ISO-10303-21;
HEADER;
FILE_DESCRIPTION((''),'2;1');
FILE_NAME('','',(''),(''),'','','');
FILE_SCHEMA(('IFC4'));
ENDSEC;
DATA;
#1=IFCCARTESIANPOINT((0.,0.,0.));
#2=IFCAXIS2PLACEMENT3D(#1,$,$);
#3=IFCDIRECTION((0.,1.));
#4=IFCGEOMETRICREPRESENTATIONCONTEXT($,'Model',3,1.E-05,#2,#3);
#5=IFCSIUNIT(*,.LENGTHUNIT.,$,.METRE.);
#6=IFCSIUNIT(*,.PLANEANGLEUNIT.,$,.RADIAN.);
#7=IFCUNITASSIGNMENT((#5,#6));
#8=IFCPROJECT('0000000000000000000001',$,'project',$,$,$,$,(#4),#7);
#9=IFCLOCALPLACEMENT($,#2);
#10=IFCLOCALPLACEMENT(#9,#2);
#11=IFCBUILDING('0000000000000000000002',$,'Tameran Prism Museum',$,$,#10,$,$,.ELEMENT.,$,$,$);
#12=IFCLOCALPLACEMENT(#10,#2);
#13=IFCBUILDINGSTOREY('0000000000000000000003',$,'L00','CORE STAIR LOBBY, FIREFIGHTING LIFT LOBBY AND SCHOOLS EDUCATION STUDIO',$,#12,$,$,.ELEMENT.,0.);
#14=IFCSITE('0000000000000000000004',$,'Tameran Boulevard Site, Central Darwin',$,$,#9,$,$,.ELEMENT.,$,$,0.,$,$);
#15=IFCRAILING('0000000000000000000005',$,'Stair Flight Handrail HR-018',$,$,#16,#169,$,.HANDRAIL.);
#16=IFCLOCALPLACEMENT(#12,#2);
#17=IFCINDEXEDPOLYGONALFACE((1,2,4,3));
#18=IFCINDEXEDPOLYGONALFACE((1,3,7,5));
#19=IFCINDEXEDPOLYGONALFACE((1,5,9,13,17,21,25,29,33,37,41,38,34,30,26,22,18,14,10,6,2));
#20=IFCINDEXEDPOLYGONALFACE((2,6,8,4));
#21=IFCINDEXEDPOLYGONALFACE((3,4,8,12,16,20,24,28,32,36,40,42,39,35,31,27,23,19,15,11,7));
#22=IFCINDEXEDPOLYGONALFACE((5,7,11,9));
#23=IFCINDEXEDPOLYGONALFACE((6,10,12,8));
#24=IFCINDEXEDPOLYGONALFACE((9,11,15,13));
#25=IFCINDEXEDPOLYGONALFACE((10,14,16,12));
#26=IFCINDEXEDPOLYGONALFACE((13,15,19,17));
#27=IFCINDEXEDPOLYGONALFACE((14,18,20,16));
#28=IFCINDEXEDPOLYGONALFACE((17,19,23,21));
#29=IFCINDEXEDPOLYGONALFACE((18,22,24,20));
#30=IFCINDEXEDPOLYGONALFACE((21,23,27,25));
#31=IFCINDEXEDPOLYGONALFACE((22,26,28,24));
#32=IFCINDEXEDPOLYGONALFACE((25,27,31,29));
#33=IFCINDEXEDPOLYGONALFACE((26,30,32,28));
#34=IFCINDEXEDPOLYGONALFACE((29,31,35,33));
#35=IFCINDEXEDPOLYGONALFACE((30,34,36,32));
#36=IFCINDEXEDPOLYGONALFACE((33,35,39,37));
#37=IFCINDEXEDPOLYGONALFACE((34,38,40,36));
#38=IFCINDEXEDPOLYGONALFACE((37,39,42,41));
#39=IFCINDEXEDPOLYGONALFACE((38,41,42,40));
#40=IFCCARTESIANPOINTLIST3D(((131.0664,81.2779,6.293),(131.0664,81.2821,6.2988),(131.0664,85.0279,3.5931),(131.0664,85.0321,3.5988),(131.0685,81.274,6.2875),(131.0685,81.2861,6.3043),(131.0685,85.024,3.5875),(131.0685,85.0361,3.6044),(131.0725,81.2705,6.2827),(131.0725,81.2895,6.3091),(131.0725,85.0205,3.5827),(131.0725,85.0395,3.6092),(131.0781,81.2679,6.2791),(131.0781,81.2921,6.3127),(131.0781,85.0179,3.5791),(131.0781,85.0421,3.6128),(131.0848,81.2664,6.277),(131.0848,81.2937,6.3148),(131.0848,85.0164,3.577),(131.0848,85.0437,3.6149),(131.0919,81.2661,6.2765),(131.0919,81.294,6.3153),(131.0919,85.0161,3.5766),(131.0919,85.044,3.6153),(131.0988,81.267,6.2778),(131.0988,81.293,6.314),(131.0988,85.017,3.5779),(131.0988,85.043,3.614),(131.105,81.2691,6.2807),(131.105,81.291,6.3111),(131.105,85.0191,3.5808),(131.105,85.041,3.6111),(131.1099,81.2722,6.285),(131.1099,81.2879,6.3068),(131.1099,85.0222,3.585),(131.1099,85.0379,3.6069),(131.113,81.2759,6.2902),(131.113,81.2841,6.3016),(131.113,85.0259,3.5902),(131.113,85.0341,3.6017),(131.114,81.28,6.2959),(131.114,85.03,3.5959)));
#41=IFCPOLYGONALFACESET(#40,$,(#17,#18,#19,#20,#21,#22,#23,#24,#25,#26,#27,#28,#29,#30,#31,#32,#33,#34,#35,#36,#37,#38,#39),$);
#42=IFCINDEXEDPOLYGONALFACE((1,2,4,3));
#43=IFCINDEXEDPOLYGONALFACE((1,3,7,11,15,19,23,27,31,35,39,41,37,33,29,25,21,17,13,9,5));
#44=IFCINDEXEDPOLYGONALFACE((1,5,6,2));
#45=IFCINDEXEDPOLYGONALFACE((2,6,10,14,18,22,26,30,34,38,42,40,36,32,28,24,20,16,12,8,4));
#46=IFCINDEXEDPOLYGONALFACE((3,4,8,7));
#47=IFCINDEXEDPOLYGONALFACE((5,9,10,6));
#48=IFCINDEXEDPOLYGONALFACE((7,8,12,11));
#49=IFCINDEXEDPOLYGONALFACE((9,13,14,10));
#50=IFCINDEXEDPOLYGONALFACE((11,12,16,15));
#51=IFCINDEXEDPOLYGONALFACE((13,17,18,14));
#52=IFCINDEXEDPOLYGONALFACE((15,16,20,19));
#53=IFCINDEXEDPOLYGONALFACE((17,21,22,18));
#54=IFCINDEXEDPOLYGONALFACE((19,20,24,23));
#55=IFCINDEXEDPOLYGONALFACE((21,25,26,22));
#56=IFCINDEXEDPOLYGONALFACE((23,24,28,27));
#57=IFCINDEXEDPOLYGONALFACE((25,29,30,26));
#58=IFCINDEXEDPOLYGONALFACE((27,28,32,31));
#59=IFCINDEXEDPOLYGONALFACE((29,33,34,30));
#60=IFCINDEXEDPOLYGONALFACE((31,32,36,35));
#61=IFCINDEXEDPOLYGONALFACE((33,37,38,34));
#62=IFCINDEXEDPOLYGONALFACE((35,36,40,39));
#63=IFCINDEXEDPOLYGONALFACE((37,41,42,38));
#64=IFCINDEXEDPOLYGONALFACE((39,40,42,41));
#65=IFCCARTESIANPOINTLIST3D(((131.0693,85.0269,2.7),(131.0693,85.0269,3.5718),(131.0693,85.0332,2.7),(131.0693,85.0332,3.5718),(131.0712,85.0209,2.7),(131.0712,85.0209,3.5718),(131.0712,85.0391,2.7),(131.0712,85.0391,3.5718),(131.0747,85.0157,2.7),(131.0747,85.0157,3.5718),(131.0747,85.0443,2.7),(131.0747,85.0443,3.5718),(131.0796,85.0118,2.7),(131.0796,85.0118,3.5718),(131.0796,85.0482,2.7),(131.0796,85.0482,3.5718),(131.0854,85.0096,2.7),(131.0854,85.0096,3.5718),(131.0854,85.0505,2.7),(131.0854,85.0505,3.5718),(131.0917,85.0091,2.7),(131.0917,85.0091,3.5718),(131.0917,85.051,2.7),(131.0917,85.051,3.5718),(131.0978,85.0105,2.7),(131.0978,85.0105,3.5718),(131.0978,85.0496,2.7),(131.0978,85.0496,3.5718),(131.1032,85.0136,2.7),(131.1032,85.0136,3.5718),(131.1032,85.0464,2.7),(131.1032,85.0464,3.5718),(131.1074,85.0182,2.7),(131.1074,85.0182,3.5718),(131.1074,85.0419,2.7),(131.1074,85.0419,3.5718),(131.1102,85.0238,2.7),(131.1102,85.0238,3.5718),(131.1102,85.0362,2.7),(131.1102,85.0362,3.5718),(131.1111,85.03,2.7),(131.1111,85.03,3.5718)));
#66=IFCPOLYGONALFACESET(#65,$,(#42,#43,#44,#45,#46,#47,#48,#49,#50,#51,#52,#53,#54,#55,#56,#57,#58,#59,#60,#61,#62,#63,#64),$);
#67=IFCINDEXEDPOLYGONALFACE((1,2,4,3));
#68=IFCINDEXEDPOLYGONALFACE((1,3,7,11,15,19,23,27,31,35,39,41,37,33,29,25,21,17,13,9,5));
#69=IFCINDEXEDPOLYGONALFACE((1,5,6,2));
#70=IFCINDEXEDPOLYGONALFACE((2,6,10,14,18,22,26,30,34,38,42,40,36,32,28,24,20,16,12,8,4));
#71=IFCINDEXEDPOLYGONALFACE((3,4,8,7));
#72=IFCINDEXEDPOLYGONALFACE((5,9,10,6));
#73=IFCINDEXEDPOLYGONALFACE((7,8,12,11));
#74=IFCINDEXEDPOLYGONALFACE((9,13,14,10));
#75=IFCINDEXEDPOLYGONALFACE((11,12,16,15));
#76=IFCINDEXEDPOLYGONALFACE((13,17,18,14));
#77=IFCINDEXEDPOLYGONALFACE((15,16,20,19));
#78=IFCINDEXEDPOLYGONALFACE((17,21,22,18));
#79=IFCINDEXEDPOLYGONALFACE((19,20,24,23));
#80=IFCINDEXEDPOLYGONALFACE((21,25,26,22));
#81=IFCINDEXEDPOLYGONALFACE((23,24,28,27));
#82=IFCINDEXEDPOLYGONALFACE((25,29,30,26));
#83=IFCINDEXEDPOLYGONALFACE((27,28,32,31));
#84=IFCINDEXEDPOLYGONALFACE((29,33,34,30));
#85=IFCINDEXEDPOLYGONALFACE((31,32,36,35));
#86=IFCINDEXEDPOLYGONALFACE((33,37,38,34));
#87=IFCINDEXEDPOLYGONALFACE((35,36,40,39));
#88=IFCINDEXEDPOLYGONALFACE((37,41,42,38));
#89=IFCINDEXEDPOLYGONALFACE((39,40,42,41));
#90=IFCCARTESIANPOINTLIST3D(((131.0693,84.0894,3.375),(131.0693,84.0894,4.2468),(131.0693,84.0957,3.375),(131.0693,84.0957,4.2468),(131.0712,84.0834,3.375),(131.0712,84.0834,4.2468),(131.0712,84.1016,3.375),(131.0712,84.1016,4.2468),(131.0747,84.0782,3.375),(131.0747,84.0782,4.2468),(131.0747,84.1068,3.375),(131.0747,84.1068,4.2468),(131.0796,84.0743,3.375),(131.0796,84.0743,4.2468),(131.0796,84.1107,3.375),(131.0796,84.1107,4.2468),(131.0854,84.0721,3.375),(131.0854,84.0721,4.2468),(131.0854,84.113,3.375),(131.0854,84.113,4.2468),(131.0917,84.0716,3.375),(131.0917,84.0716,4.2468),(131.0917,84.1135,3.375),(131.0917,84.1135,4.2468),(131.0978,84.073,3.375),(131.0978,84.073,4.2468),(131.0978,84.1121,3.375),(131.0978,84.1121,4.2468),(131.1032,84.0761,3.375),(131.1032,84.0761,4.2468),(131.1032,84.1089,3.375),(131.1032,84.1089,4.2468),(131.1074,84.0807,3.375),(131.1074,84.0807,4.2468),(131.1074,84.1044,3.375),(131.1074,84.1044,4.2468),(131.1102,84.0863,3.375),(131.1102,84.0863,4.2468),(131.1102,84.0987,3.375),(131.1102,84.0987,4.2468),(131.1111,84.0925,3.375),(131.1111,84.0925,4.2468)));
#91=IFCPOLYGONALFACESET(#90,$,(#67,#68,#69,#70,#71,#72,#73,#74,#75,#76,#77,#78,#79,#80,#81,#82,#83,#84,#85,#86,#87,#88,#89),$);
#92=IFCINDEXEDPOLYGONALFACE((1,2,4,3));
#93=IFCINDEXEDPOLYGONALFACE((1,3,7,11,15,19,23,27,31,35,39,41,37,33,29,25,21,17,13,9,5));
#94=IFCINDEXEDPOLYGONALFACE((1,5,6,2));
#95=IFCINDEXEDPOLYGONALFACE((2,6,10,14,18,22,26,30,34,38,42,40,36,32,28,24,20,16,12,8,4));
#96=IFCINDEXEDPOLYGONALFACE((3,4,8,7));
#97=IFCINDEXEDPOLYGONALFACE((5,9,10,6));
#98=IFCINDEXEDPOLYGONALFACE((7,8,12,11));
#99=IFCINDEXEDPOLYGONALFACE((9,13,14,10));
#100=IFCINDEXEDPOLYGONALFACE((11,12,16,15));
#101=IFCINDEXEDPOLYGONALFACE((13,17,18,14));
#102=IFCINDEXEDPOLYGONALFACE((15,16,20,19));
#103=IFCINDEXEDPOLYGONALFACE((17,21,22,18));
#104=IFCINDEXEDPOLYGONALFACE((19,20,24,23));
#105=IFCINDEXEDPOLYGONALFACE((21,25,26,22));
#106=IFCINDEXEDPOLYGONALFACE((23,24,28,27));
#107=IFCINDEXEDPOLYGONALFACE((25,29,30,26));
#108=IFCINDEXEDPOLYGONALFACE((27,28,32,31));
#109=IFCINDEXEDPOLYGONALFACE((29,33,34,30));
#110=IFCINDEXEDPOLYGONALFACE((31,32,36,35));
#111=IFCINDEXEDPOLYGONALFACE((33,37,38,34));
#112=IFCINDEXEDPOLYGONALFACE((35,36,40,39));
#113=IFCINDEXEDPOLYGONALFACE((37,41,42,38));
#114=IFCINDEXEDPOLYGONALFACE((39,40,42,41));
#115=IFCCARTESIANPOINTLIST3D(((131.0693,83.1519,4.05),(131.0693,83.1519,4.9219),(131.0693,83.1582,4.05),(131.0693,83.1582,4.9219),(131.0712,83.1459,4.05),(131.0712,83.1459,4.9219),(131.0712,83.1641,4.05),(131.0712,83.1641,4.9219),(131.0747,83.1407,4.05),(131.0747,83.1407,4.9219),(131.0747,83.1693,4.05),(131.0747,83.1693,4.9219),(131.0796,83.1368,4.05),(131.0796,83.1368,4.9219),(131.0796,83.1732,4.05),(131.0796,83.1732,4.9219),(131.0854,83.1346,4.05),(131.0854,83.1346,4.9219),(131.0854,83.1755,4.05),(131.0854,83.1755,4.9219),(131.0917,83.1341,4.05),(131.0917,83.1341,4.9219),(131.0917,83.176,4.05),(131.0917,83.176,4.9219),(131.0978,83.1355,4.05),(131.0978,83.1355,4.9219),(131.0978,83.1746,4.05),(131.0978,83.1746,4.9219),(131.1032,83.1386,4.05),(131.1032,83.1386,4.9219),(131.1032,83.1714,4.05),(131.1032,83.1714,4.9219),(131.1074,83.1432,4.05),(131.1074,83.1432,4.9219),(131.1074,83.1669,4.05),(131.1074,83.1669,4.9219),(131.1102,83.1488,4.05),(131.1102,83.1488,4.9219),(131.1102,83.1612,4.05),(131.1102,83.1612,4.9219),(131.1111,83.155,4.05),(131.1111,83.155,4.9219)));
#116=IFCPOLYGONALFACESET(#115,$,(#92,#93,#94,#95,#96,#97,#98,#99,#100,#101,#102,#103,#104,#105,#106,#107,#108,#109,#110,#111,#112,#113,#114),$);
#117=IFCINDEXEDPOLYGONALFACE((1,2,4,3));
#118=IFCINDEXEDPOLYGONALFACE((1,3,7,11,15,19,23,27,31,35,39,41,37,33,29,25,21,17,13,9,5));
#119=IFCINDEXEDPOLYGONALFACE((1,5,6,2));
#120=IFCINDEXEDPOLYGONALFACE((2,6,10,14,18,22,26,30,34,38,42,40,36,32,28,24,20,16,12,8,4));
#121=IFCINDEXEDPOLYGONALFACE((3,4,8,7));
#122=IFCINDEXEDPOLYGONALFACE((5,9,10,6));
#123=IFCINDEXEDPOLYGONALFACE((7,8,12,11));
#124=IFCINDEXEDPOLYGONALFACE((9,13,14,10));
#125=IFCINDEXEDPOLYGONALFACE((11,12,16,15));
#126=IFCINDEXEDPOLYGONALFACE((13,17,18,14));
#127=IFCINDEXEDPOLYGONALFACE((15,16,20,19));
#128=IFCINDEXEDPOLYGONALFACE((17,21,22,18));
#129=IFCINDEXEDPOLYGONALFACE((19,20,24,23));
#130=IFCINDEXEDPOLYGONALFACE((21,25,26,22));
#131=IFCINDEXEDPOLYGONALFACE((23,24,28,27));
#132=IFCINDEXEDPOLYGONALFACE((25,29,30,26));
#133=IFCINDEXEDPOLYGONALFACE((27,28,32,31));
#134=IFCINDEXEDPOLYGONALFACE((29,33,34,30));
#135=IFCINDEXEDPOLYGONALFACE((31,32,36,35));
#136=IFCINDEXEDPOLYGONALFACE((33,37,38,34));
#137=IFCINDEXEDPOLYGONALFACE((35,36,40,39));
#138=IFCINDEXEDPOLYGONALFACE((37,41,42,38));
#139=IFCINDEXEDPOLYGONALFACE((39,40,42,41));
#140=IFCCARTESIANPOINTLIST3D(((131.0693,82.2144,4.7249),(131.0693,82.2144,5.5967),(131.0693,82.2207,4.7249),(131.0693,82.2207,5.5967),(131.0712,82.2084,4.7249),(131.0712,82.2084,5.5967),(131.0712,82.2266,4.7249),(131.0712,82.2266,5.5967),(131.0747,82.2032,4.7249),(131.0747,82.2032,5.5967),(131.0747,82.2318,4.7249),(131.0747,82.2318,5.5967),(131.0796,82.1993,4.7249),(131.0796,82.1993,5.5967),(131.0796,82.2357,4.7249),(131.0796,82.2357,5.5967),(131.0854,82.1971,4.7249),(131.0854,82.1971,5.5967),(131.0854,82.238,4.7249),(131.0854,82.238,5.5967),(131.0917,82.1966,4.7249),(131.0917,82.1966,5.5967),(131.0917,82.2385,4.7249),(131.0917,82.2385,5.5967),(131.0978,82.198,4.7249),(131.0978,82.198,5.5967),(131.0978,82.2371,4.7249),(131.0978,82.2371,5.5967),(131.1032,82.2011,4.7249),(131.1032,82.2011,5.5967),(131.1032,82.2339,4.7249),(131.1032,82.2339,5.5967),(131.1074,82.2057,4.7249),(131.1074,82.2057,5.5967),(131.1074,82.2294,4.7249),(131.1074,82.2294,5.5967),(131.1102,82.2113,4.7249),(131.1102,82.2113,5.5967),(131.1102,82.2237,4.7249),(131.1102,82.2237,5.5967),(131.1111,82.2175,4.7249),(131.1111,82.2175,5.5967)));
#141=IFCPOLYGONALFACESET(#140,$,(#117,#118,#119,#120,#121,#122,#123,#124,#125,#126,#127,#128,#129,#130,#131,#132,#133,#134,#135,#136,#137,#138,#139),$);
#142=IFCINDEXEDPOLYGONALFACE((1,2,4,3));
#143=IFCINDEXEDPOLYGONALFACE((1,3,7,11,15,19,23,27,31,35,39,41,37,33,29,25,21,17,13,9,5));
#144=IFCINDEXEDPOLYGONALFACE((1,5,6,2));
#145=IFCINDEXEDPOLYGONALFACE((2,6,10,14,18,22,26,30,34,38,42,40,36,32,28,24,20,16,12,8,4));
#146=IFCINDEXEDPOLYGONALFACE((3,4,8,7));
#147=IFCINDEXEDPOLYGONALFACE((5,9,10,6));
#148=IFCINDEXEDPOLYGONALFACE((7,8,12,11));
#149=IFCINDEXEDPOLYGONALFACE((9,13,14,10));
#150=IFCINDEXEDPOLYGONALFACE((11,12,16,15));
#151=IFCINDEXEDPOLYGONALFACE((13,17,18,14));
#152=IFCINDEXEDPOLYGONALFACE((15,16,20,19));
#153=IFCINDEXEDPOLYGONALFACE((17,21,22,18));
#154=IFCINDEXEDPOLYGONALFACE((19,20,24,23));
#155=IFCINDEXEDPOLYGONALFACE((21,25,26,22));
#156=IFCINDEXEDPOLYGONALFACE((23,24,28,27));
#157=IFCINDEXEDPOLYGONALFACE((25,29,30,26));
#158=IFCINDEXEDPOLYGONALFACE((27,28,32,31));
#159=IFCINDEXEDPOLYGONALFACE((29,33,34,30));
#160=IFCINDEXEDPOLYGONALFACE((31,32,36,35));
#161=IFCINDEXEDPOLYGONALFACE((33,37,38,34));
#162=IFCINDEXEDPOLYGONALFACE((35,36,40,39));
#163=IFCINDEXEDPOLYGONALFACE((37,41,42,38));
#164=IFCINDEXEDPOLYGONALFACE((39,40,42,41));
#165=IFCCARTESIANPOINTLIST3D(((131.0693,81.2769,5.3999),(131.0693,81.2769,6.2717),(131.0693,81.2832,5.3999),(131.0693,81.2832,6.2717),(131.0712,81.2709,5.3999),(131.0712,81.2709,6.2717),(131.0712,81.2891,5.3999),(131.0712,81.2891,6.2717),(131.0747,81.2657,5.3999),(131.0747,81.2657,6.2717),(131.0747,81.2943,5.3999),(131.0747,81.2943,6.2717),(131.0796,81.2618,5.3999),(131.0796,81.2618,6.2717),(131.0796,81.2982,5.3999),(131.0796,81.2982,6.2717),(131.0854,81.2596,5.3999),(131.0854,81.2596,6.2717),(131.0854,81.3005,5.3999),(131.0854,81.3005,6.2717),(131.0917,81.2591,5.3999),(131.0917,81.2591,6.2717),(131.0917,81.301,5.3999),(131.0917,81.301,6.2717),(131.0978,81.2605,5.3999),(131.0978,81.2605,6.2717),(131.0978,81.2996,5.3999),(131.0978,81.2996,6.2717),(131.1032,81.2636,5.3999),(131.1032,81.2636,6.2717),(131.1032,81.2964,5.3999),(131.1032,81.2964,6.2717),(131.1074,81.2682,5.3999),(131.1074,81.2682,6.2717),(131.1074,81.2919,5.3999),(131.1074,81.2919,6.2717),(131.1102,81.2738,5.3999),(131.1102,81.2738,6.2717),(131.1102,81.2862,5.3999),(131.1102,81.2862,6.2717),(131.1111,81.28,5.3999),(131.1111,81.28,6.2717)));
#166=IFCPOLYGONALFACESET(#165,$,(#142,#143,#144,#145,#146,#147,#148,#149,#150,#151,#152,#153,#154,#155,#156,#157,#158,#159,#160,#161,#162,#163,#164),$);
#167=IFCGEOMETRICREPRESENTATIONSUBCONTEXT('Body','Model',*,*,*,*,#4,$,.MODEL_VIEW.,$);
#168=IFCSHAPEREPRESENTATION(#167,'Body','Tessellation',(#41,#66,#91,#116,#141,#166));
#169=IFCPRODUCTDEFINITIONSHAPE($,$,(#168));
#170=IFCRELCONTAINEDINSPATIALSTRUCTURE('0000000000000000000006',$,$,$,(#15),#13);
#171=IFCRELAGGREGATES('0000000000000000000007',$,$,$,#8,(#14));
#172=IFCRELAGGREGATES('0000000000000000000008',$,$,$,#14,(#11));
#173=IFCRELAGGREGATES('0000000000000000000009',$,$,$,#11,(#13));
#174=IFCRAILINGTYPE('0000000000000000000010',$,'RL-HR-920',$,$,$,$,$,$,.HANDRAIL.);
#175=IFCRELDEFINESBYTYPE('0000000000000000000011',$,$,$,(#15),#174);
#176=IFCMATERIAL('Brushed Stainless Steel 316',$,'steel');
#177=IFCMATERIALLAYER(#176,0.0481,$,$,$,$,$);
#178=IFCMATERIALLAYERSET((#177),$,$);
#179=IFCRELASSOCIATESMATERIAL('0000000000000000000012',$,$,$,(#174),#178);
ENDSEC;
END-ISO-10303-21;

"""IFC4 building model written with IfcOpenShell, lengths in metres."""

from ifc_helpers import new_model, si_unit, direction, frame, origin, origin_2d, place, context, subcontext, project, spatial, circle, extrude, material, layer, layer_set, type_object, element, save


model = new_model("IFC4")

# Units and contexts
model_context = context("Model", 3, precision=1e-05, world=origin(), true_north=direction((0.0, 1.0)))
body_context = subcontext(model_context, "Body", "Model", "MODEL_VIEW")
ifc_project = project(units=[si_unit("LENGTHUNIT", "METRE"), si_unit("PLANEANGLEUNIT", "RADIAN")], contexts=[model_context])

# Site, building, storey
site_placement = place(None, origin())
site = spatial("IfcSite", under=ifc_project, at=site_placement, Name="Tameran Boulevard Site, Central Darwin", CompositionType="ELEMENT", RefElevation=0.0)
building_placement = place(site_placement, origin())
building = spatial("IfcBuilding", under=site, at=building_placement, Name="Tameran Prism Museum", CompositionType="ELEMENT")
storey_placement = place(building_placement, origin())
storey = spatial("IfcBuildingStorey", under=building, at=storey_placement, Name="L00", Description="CORE STAIR LOBBY, FIREFIGHTING LIFT LOBBY AND SCHOOLS EDUCATION STUDIO", CompositionType="ELEMENT", Elevation=0.0)

# Railing
ifc_material_1 = material(Name="Brushed Stainless Steel 316", Category="steel")
ifc_layer_1 = layer(ifc_material_1, 0.0481)
ifc_layer_set_1 = layer_set([ifc_layer_1])
railing_type_1 = type_object("IfcRailingType", Name="RL-HR-920", PredefinedType="HANDRAIL", material=ifc_layer_set_1)
railing_1_placement = place(storey_placement, frame((131.0901, 85.03, 2.7)))
element("IfcRailing", 1, at=railing_1_placement, inside=storey, type_object=railing_type_1, Name="Stair Flight Handrail HR-018", PredefinedType="HANDRAIL", context=body_context, shape_type="SweptSolid", body=[
    extrude(circle(Radius=0.0239, at=origin_2d()), frame((0.0, 0.0, 0.896), z_axis=(0.0, -0.811539, 0.584298), x_axis=(1.0, 0.0, 0.0)), (0.0, 0.0, 1.0), 4.6208),
    extrude(circle(Radius=0.021, at=origin_2d()), origin(), (0.0, 0.0, 1.0), 0.8718),
    extrude(circle(Radius=0.021, at=origin_2d()), frame((0.0, -0.9375, 0.675)), (0.0, 0.0, 1.0), 0.8718),
    extrude(circle(Radius=0.021, at=origin_2d()), frame((0.0, -1.875, 1.3501)), (0.0, 0.0, 1.0), 0.8718),
    extrude(circle(Radius=0.021, at=origin_2d()), frame((0.0, -2.8125, 2.0249)), (0.0, 0.0, 1.0), 0.8718),
    extrude(circle(Radius=0.021, at=origin_2d()), frame((0.0, -3.75, 2.7)), (0.0, 0.0, 1.0), 0.8718),
])

save(model, "model.ifc")
